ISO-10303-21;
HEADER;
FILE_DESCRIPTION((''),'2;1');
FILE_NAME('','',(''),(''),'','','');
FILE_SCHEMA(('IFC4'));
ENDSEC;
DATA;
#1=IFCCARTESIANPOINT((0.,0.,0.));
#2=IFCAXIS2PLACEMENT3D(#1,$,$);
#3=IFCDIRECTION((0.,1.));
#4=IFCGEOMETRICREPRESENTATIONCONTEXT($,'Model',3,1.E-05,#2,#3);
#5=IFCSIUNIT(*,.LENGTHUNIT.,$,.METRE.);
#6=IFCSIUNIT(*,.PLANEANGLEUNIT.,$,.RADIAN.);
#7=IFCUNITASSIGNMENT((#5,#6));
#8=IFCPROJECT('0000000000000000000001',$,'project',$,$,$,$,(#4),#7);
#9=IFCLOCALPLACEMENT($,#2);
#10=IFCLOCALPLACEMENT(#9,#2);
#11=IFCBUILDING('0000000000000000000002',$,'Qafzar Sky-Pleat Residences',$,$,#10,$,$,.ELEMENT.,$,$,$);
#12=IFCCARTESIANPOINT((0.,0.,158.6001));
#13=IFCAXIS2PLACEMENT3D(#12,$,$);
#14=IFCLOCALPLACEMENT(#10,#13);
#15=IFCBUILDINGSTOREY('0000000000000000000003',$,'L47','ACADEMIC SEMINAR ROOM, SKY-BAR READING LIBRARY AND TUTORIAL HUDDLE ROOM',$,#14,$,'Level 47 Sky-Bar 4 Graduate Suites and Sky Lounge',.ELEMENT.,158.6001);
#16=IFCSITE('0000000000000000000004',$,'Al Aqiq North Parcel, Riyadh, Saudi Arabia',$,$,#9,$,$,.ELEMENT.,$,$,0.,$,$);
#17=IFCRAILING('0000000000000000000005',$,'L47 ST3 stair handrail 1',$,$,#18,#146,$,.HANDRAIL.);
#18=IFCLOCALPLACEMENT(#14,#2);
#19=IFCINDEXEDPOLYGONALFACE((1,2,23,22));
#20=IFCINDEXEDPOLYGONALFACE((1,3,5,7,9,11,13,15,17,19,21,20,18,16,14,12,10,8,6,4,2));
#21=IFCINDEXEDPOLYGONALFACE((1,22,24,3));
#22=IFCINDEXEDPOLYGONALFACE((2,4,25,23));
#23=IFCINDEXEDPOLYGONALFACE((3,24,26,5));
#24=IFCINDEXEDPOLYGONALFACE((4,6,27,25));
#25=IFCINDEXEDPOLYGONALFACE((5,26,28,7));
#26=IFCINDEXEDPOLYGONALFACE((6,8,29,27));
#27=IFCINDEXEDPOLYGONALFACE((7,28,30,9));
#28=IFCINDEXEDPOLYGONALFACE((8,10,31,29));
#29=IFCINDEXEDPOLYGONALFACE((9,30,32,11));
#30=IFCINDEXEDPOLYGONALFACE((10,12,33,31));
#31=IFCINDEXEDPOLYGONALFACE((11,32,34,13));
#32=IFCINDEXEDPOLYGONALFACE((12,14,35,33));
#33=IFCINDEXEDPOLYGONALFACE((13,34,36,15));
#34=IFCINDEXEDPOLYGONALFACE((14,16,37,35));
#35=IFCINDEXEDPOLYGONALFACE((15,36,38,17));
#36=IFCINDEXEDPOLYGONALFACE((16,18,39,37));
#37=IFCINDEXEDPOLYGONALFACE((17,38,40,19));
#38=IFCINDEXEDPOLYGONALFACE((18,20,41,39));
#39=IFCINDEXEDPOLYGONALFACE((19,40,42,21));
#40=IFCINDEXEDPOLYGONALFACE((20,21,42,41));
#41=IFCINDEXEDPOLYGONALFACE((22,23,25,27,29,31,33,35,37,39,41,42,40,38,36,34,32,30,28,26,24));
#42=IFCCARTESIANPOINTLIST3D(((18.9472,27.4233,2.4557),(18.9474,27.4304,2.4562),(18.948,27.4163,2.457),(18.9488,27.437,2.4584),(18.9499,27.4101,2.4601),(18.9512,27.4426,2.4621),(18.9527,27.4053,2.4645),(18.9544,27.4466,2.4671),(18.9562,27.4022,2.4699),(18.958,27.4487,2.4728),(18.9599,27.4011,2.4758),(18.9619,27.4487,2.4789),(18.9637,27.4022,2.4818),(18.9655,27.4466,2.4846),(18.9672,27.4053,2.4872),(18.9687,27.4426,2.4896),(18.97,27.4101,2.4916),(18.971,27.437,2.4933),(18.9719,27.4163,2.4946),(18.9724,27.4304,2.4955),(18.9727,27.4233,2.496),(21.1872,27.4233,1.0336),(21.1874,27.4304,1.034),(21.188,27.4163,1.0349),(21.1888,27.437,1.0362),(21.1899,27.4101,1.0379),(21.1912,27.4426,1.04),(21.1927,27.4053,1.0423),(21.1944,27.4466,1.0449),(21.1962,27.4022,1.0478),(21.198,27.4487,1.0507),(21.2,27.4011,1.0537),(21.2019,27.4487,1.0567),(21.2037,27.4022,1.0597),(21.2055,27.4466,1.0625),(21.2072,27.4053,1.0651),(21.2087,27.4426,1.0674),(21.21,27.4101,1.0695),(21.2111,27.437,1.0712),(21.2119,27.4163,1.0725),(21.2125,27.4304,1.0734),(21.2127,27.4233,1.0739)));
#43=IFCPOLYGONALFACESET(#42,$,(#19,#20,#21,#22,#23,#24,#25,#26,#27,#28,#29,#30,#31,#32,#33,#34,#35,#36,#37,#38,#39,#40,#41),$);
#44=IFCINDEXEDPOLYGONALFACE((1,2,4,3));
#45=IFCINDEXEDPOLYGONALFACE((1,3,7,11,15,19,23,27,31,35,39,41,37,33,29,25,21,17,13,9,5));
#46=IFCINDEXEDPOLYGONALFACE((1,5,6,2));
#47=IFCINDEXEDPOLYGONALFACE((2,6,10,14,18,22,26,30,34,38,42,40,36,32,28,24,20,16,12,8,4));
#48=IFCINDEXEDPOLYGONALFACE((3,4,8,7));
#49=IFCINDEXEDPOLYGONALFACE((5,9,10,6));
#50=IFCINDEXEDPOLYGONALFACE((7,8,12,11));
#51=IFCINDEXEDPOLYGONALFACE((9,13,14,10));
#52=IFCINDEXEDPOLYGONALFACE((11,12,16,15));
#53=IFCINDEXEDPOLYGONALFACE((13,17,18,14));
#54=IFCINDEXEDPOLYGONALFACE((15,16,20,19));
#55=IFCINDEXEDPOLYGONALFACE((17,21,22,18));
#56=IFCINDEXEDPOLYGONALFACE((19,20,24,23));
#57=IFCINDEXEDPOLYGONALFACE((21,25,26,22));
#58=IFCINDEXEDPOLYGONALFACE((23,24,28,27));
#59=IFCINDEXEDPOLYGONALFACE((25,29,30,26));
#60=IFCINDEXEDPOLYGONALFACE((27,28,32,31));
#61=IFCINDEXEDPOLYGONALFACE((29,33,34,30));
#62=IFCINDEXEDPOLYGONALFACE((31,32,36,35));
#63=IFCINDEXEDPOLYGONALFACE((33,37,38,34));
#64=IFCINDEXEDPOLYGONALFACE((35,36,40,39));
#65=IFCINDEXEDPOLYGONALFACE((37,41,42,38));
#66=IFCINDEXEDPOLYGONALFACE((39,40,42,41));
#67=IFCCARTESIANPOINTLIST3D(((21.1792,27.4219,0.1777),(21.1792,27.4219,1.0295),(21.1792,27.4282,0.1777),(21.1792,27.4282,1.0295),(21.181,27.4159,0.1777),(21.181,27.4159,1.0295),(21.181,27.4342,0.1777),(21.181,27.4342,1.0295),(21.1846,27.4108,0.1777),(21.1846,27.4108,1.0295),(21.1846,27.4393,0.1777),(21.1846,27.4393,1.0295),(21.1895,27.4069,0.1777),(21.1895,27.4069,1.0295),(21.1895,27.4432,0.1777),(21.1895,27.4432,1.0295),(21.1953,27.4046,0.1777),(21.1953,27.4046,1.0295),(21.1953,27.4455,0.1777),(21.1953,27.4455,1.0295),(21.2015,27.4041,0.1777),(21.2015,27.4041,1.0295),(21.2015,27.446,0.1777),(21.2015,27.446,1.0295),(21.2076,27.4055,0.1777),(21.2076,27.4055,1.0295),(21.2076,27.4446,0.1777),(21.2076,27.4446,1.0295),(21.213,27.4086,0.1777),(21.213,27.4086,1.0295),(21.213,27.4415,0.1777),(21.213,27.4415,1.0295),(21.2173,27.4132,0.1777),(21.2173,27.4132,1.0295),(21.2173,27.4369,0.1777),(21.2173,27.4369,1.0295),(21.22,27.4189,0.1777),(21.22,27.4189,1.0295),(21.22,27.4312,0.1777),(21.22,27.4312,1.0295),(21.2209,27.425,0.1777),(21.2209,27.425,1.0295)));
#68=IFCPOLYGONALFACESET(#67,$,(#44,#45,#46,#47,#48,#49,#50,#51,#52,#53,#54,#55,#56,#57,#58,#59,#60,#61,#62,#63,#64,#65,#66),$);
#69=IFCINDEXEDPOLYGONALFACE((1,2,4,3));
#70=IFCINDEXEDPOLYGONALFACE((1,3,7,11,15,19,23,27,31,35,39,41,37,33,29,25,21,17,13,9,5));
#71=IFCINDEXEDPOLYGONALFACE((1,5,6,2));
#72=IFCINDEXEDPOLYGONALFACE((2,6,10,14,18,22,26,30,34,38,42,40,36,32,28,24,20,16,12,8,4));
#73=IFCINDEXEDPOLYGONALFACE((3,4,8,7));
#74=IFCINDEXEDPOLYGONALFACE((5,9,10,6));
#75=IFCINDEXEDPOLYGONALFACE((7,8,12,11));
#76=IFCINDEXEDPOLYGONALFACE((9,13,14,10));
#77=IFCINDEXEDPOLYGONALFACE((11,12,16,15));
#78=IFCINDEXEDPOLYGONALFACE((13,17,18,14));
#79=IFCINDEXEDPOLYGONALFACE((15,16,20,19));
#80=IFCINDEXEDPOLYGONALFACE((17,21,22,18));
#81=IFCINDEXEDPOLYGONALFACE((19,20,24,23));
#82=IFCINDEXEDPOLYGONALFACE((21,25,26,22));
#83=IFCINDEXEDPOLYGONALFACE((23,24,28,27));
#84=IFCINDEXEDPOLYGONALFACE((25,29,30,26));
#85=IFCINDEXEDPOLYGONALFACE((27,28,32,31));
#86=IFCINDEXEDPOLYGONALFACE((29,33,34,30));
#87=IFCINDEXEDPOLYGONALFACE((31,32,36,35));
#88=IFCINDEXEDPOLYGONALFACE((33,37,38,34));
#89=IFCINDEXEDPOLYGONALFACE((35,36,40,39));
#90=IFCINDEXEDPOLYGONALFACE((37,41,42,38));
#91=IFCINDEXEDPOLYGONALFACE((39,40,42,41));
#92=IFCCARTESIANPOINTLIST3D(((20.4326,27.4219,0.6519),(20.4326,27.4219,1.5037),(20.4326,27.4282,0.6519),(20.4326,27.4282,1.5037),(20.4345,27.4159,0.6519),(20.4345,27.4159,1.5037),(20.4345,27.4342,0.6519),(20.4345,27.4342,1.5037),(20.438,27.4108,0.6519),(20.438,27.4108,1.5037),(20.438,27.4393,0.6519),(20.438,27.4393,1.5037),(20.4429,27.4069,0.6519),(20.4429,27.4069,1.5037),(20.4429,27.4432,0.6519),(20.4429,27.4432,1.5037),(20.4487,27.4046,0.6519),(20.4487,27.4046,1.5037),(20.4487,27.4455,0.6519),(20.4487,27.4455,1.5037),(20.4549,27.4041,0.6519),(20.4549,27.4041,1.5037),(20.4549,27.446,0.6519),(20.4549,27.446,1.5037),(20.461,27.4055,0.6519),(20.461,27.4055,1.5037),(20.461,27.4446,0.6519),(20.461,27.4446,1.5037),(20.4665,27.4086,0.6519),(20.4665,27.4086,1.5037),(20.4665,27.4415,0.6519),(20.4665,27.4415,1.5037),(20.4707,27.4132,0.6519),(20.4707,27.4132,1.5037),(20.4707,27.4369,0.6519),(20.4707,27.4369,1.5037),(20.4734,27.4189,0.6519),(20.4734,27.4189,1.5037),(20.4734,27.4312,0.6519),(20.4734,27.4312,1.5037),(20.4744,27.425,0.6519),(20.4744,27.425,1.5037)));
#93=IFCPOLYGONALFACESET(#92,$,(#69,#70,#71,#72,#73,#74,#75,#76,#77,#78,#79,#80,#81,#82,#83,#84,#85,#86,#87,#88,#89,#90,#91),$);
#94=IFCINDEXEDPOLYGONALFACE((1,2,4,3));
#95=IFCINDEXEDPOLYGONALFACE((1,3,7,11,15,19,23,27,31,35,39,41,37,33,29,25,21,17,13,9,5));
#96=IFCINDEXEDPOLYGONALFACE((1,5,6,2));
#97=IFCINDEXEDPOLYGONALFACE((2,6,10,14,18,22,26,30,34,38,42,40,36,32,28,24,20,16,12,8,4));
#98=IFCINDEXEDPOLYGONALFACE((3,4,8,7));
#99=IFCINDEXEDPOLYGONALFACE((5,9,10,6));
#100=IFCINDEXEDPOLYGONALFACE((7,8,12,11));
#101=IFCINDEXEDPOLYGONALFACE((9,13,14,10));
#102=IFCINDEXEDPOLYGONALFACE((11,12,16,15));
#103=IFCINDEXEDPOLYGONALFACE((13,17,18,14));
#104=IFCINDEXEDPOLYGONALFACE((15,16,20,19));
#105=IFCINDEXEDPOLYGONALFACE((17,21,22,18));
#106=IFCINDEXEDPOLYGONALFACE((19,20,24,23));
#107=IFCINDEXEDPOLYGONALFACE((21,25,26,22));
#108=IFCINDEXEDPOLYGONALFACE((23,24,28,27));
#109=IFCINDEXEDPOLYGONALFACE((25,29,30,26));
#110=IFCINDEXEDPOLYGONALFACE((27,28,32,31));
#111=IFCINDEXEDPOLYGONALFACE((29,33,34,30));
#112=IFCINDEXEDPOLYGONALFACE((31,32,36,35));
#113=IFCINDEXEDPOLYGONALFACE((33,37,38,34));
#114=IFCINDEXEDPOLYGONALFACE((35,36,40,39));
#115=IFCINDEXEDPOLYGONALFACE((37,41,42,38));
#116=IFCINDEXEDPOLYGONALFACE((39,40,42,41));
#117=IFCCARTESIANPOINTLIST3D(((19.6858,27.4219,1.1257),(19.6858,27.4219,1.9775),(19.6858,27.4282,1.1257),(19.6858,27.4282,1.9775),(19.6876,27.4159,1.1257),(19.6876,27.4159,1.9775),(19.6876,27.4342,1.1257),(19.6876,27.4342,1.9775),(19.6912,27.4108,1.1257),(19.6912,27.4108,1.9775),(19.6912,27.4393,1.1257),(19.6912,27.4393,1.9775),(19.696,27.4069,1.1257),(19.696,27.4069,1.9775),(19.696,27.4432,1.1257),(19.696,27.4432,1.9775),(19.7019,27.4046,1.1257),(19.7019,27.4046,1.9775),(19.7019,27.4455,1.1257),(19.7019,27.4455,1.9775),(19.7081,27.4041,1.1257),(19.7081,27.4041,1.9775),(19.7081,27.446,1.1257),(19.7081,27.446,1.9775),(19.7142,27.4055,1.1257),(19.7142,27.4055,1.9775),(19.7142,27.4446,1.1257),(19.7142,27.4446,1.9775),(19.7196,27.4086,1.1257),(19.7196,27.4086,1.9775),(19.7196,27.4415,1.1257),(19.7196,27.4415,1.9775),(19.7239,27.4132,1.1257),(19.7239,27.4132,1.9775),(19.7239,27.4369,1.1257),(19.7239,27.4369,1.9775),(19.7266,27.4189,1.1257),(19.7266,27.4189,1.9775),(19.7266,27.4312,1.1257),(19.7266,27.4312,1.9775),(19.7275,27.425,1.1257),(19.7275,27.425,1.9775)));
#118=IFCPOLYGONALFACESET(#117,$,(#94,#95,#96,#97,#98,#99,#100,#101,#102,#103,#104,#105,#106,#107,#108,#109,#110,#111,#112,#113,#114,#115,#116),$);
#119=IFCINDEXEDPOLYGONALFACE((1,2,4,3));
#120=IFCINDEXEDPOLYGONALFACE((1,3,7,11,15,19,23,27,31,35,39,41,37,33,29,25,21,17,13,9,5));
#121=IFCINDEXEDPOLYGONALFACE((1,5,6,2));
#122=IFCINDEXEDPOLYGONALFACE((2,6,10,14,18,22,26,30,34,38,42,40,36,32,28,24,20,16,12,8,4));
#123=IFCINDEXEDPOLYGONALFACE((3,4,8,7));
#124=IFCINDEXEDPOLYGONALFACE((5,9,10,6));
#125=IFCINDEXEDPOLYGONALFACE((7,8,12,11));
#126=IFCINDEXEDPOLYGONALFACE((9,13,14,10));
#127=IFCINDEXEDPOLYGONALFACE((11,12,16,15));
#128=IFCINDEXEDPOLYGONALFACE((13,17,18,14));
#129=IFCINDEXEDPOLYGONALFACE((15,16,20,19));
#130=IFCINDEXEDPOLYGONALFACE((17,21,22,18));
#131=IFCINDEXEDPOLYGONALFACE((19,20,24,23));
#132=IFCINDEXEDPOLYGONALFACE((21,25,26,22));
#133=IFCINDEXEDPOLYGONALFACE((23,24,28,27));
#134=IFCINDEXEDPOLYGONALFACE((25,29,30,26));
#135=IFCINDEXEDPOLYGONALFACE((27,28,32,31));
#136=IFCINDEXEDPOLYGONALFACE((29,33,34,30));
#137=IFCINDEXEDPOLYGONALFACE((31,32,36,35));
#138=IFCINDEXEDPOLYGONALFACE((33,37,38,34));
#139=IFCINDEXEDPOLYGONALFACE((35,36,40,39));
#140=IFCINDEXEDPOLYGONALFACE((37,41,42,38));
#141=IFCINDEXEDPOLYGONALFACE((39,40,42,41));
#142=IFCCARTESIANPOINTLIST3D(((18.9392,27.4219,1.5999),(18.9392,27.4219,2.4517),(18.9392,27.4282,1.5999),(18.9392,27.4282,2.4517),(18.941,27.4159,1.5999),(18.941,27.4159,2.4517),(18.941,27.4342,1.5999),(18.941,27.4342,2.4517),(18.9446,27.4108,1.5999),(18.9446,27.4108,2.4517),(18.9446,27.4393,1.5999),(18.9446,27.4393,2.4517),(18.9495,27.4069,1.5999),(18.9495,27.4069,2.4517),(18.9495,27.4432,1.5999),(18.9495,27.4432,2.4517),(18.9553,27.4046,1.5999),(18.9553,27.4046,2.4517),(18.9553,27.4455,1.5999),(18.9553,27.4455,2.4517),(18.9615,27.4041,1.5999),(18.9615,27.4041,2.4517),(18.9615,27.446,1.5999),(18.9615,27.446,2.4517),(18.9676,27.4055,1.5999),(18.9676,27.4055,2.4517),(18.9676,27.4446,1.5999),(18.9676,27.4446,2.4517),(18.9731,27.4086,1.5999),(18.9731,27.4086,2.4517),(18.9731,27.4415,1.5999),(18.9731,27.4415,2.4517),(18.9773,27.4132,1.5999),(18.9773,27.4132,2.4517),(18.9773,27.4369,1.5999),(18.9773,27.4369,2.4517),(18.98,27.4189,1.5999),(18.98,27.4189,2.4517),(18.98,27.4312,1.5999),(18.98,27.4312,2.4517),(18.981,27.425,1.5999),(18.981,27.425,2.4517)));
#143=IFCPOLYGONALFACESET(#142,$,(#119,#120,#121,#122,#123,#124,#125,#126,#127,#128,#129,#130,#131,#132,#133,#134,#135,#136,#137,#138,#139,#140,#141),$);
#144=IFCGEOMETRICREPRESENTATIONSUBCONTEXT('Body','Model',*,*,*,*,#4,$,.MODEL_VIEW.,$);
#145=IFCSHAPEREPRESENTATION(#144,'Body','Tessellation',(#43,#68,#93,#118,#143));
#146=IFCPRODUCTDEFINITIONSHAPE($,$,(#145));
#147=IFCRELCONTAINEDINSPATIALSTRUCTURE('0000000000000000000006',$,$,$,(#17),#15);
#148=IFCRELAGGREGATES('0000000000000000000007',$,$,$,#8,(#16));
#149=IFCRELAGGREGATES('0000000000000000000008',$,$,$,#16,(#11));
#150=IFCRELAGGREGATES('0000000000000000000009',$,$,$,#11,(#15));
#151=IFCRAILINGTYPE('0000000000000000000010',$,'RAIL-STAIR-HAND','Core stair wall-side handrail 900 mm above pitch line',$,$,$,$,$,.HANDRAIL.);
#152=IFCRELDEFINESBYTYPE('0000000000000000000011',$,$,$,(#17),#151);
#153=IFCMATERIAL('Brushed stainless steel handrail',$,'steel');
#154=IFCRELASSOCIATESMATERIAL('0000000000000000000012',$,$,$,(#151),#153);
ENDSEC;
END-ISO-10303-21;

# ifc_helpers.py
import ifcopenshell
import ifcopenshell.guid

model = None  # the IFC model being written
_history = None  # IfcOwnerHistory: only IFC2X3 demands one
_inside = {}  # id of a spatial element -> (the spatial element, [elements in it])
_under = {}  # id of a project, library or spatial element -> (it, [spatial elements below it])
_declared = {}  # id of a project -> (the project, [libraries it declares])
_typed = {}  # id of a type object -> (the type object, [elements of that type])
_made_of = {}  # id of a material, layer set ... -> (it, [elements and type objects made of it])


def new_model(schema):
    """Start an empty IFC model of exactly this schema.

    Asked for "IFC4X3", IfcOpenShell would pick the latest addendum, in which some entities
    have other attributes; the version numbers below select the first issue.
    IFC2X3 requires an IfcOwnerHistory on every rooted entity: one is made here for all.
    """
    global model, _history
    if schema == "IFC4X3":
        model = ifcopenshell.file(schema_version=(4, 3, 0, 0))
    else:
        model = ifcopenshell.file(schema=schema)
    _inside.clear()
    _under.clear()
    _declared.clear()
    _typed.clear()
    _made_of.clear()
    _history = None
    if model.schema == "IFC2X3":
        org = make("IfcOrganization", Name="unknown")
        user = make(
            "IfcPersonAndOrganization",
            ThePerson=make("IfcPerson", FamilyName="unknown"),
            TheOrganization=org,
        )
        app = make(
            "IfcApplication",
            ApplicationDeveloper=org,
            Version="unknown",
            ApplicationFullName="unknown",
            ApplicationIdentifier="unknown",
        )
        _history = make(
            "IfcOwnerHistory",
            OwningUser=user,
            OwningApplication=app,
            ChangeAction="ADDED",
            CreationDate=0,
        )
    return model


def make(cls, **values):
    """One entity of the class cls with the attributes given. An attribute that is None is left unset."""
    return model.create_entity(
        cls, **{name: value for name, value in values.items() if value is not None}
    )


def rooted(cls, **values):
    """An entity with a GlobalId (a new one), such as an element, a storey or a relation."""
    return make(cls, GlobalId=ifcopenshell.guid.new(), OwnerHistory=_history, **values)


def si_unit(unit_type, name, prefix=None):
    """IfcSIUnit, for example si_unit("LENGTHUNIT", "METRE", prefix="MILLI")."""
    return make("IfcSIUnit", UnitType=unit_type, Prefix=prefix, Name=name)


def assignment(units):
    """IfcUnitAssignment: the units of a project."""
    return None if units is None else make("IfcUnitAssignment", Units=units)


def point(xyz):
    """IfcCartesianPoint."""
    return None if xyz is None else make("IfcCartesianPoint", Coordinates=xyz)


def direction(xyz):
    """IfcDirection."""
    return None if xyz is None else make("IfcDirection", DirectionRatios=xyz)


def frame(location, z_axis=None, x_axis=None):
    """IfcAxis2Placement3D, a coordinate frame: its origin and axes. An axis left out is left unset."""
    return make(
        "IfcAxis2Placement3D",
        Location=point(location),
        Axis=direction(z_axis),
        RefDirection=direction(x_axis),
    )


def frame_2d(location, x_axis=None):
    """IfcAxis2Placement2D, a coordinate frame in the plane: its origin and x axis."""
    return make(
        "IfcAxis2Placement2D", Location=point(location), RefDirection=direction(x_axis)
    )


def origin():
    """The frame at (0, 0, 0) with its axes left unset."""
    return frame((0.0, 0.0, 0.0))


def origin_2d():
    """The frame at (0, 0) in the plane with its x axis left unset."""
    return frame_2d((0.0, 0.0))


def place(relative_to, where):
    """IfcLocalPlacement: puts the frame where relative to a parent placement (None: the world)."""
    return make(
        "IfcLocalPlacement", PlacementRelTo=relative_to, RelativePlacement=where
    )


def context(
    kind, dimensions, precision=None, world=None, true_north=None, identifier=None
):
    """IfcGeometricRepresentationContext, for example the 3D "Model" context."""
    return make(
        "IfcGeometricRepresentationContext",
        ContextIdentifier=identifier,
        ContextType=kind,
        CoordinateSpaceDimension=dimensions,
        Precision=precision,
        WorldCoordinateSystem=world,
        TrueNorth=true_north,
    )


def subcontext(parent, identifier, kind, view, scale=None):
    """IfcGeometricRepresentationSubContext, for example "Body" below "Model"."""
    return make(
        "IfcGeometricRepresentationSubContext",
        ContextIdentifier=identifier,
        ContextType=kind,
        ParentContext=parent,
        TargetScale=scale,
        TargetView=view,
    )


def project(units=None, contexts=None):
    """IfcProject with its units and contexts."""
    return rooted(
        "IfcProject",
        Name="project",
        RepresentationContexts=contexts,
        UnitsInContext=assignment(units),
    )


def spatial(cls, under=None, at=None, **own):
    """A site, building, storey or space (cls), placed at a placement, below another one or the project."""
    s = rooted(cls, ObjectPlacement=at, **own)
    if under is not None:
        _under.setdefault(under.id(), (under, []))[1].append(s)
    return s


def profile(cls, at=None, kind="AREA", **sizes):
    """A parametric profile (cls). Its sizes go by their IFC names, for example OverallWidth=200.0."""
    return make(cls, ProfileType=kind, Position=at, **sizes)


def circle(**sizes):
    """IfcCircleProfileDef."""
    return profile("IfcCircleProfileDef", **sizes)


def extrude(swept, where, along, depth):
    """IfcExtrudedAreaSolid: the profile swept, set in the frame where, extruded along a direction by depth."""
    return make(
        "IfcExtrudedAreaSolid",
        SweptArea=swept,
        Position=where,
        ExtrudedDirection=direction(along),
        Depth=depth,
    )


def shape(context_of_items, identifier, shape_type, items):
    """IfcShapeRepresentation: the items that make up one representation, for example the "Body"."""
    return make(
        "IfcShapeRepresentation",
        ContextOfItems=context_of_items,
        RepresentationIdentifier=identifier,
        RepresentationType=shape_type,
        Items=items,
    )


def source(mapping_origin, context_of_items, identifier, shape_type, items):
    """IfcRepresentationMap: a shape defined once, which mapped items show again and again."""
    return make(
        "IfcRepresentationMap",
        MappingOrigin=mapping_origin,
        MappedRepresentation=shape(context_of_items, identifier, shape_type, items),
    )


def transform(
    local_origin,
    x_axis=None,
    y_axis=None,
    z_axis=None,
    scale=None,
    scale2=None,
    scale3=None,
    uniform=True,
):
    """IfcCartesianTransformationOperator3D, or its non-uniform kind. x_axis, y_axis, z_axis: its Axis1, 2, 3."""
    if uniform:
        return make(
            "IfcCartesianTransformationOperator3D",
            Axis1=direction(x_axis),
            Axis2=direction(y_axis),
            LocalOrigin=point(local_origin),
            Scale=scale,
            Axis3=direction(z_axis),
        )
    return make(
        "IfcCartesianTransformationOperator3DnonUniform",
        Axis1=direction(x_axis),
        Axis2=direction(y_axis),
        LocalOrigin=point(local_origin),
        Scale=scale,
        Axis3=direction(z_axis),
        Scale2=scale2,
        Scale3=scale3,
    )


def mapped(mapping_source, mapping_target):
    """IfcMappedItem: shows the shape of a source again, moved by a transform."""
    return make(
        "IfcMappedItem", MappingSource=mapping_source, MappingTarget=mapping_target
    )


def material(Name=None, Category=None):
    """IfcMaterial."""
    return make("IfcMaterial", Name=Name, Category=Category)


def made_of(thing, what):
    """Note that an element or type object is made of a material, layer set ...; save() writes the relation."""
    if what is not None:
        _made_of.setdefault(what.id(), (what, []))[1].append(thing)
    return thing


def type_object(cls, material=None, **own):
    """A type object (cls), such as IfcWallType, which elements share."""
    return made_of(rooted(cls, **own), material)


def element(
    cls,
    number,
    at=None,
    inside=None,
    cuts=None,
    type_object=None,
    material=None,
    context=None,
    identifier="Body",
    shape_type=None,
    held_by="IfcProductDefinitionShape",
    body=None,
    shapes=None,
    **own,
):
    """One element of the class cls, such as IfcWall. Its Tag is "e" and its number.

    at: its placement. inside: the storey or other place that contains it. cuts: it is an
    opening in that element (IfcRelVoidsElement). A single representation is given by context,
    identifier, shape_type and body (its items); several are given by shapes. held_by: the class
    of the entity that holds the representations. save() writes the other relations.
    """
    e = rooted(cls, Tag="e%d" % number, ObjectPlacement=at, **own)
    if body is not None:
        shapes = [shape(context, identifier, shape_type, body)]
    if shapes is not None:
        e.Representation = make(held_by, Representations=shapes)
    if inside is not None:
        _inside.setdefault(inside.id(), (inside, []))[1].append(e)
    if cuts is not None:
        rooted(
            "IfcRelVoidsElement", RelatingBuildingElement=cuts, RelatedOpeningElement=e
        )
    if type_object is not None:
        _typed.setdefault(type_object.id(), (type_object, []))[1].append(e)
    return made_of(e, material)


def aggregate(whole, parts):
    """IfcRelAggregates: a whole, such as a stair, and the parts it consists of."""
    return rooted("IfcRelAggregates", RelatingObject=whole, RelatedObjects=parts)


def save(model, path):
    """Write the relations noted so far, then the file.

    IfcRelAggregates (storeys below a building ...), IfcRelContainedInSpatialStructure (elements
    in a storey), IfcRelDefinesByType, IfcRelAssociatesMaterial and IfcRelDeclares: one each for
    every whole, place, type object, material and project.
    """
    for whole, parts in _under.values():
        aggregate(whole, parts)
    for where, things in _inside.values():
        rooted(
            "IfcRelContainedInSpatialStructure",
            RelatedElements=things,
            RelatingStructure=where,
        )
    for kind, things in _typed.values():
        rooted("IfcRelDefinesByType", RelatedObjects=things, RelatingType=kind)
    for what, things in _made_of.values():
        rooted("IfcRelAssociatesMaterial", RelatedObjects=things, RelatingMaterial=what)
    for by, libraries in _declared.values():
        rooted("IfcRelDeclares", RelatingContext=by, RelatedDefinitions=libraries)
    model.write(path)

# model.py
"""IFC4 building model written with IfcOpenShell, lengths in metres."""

from ifc_helpers import new_model, si_unit, direction, frame, origin, origin_2d, place, context, subcontext, project, spatial, circle, extrude, source, transform, mapped, material, type_object, element, save


model = new_model("IFC4")

# Units and contexts
model_context = context("Model", 3, precision=1e-05, world=origin(), true_north=direction((0.0, 1.0)))
body_context = subcontext(model_context, "Body", "Model", "MODEL_VIEW")
ifc_project = project(units=[si_unit("LENGTHUNIT", "METRE"), si_unit("PLANEANGLEUNIT", "RADIAN")], contexts=[model_context])

# Site, building, storey
site_placement = place(None, origin())
site = spatial("IfcSite", under=ifc_project, at=site_placement, Name="Al Aqiq North Parcel, Riyadh, Saudi Arabia", CompositionType="ELEMENT", RefElevation=0.0)
building_placement = place(site_placement, origin())
building = spatial("IfcBuilding", under=site, at=building_placement, Name="Qafzar Sky-Pleat Residences", CompositionType="ELEMENT")
storey_placement = place(building_placement, frame((0.0, 0.0, 158.6001)))
storey = spatial("IfcBuildingStorey", under=building, at=storey_placement, Name="L47", Description="ACADEMIC SEMINAR ROOM, SKY-BAR READING LIBRARY AND TUTORIAL HUDDLE ROOM", LongName="Level 47 Sky-Bar 4 Graduate Suites and Sky Lounge", CompositionType="ELEMENT", Elevation=158.6001)

# Railing
ifc_material_1 = material(Name="Brushed stainless steel handrail", Category="steel")
railing_type_1 = type_object("IfcRailingType", Name="RAIL-STAIR-HAND", Description="Core stair wall-side handrail 900 mm above pitch line", PredefinedType="HANDRAIL", material=ifc_material_1)
shared_shape_1 = source(origin(), body_context, "Body", "SweptSolid", [
    extrude(circle(Radius=0.0239, at=origin_2d()), frame((0.0, 0.0, 0.876), z_axis=(-0.844229, 0.0, 0.535982), x_axis=(0.0, -1.0, 0.0)), (0.0, 0.0, 1.0), 2.6533),
    extrude(circle(Radius=0.021, at=origin_2d()), origin(), (0.0, 0.0, 1.0), 0.8518),
    extrude(circle(Radius=0.021, at=origin_2d()), frame((-0.7466, 0.0, 0.4741)), (0.0, 0.0, 1.0), 0.8518),
    extrude(circle(Radius=0.021, at=origin_2d()), frame((-1.4934, 0.0, 0.948)), (0.0, 0.0, 1.0), 0.8518),
    extrude(circle(Radius=0.021, at=origin_2d()), frame((-2.24, 0.0, 1.4221)), (0.0, 0.0, 1.0), 0.8518),
])
railing_1_placement = place(storey_placement, frame((21.2, 27.425, 0.1777)))
element("IfcRailing", 1, at=railing_1_placement, inside=storey, type_object=railing_type_1, Name="L47 ST3 stair handrail 1", PredefinedType="HANDRAIL", context=body_context, shape_type="MappedRepresentation", body=[
    mapped(shared_shape_1, transform((0.0, 0.0, 0.0), x_axis=(1.0, 0.0, 0.0), y_axis=(0.0, 1.0, 0.0), z_axis=(0.0, 0.0, 1.0), scale=1.0)),
])

save(model, "model.ifc")
